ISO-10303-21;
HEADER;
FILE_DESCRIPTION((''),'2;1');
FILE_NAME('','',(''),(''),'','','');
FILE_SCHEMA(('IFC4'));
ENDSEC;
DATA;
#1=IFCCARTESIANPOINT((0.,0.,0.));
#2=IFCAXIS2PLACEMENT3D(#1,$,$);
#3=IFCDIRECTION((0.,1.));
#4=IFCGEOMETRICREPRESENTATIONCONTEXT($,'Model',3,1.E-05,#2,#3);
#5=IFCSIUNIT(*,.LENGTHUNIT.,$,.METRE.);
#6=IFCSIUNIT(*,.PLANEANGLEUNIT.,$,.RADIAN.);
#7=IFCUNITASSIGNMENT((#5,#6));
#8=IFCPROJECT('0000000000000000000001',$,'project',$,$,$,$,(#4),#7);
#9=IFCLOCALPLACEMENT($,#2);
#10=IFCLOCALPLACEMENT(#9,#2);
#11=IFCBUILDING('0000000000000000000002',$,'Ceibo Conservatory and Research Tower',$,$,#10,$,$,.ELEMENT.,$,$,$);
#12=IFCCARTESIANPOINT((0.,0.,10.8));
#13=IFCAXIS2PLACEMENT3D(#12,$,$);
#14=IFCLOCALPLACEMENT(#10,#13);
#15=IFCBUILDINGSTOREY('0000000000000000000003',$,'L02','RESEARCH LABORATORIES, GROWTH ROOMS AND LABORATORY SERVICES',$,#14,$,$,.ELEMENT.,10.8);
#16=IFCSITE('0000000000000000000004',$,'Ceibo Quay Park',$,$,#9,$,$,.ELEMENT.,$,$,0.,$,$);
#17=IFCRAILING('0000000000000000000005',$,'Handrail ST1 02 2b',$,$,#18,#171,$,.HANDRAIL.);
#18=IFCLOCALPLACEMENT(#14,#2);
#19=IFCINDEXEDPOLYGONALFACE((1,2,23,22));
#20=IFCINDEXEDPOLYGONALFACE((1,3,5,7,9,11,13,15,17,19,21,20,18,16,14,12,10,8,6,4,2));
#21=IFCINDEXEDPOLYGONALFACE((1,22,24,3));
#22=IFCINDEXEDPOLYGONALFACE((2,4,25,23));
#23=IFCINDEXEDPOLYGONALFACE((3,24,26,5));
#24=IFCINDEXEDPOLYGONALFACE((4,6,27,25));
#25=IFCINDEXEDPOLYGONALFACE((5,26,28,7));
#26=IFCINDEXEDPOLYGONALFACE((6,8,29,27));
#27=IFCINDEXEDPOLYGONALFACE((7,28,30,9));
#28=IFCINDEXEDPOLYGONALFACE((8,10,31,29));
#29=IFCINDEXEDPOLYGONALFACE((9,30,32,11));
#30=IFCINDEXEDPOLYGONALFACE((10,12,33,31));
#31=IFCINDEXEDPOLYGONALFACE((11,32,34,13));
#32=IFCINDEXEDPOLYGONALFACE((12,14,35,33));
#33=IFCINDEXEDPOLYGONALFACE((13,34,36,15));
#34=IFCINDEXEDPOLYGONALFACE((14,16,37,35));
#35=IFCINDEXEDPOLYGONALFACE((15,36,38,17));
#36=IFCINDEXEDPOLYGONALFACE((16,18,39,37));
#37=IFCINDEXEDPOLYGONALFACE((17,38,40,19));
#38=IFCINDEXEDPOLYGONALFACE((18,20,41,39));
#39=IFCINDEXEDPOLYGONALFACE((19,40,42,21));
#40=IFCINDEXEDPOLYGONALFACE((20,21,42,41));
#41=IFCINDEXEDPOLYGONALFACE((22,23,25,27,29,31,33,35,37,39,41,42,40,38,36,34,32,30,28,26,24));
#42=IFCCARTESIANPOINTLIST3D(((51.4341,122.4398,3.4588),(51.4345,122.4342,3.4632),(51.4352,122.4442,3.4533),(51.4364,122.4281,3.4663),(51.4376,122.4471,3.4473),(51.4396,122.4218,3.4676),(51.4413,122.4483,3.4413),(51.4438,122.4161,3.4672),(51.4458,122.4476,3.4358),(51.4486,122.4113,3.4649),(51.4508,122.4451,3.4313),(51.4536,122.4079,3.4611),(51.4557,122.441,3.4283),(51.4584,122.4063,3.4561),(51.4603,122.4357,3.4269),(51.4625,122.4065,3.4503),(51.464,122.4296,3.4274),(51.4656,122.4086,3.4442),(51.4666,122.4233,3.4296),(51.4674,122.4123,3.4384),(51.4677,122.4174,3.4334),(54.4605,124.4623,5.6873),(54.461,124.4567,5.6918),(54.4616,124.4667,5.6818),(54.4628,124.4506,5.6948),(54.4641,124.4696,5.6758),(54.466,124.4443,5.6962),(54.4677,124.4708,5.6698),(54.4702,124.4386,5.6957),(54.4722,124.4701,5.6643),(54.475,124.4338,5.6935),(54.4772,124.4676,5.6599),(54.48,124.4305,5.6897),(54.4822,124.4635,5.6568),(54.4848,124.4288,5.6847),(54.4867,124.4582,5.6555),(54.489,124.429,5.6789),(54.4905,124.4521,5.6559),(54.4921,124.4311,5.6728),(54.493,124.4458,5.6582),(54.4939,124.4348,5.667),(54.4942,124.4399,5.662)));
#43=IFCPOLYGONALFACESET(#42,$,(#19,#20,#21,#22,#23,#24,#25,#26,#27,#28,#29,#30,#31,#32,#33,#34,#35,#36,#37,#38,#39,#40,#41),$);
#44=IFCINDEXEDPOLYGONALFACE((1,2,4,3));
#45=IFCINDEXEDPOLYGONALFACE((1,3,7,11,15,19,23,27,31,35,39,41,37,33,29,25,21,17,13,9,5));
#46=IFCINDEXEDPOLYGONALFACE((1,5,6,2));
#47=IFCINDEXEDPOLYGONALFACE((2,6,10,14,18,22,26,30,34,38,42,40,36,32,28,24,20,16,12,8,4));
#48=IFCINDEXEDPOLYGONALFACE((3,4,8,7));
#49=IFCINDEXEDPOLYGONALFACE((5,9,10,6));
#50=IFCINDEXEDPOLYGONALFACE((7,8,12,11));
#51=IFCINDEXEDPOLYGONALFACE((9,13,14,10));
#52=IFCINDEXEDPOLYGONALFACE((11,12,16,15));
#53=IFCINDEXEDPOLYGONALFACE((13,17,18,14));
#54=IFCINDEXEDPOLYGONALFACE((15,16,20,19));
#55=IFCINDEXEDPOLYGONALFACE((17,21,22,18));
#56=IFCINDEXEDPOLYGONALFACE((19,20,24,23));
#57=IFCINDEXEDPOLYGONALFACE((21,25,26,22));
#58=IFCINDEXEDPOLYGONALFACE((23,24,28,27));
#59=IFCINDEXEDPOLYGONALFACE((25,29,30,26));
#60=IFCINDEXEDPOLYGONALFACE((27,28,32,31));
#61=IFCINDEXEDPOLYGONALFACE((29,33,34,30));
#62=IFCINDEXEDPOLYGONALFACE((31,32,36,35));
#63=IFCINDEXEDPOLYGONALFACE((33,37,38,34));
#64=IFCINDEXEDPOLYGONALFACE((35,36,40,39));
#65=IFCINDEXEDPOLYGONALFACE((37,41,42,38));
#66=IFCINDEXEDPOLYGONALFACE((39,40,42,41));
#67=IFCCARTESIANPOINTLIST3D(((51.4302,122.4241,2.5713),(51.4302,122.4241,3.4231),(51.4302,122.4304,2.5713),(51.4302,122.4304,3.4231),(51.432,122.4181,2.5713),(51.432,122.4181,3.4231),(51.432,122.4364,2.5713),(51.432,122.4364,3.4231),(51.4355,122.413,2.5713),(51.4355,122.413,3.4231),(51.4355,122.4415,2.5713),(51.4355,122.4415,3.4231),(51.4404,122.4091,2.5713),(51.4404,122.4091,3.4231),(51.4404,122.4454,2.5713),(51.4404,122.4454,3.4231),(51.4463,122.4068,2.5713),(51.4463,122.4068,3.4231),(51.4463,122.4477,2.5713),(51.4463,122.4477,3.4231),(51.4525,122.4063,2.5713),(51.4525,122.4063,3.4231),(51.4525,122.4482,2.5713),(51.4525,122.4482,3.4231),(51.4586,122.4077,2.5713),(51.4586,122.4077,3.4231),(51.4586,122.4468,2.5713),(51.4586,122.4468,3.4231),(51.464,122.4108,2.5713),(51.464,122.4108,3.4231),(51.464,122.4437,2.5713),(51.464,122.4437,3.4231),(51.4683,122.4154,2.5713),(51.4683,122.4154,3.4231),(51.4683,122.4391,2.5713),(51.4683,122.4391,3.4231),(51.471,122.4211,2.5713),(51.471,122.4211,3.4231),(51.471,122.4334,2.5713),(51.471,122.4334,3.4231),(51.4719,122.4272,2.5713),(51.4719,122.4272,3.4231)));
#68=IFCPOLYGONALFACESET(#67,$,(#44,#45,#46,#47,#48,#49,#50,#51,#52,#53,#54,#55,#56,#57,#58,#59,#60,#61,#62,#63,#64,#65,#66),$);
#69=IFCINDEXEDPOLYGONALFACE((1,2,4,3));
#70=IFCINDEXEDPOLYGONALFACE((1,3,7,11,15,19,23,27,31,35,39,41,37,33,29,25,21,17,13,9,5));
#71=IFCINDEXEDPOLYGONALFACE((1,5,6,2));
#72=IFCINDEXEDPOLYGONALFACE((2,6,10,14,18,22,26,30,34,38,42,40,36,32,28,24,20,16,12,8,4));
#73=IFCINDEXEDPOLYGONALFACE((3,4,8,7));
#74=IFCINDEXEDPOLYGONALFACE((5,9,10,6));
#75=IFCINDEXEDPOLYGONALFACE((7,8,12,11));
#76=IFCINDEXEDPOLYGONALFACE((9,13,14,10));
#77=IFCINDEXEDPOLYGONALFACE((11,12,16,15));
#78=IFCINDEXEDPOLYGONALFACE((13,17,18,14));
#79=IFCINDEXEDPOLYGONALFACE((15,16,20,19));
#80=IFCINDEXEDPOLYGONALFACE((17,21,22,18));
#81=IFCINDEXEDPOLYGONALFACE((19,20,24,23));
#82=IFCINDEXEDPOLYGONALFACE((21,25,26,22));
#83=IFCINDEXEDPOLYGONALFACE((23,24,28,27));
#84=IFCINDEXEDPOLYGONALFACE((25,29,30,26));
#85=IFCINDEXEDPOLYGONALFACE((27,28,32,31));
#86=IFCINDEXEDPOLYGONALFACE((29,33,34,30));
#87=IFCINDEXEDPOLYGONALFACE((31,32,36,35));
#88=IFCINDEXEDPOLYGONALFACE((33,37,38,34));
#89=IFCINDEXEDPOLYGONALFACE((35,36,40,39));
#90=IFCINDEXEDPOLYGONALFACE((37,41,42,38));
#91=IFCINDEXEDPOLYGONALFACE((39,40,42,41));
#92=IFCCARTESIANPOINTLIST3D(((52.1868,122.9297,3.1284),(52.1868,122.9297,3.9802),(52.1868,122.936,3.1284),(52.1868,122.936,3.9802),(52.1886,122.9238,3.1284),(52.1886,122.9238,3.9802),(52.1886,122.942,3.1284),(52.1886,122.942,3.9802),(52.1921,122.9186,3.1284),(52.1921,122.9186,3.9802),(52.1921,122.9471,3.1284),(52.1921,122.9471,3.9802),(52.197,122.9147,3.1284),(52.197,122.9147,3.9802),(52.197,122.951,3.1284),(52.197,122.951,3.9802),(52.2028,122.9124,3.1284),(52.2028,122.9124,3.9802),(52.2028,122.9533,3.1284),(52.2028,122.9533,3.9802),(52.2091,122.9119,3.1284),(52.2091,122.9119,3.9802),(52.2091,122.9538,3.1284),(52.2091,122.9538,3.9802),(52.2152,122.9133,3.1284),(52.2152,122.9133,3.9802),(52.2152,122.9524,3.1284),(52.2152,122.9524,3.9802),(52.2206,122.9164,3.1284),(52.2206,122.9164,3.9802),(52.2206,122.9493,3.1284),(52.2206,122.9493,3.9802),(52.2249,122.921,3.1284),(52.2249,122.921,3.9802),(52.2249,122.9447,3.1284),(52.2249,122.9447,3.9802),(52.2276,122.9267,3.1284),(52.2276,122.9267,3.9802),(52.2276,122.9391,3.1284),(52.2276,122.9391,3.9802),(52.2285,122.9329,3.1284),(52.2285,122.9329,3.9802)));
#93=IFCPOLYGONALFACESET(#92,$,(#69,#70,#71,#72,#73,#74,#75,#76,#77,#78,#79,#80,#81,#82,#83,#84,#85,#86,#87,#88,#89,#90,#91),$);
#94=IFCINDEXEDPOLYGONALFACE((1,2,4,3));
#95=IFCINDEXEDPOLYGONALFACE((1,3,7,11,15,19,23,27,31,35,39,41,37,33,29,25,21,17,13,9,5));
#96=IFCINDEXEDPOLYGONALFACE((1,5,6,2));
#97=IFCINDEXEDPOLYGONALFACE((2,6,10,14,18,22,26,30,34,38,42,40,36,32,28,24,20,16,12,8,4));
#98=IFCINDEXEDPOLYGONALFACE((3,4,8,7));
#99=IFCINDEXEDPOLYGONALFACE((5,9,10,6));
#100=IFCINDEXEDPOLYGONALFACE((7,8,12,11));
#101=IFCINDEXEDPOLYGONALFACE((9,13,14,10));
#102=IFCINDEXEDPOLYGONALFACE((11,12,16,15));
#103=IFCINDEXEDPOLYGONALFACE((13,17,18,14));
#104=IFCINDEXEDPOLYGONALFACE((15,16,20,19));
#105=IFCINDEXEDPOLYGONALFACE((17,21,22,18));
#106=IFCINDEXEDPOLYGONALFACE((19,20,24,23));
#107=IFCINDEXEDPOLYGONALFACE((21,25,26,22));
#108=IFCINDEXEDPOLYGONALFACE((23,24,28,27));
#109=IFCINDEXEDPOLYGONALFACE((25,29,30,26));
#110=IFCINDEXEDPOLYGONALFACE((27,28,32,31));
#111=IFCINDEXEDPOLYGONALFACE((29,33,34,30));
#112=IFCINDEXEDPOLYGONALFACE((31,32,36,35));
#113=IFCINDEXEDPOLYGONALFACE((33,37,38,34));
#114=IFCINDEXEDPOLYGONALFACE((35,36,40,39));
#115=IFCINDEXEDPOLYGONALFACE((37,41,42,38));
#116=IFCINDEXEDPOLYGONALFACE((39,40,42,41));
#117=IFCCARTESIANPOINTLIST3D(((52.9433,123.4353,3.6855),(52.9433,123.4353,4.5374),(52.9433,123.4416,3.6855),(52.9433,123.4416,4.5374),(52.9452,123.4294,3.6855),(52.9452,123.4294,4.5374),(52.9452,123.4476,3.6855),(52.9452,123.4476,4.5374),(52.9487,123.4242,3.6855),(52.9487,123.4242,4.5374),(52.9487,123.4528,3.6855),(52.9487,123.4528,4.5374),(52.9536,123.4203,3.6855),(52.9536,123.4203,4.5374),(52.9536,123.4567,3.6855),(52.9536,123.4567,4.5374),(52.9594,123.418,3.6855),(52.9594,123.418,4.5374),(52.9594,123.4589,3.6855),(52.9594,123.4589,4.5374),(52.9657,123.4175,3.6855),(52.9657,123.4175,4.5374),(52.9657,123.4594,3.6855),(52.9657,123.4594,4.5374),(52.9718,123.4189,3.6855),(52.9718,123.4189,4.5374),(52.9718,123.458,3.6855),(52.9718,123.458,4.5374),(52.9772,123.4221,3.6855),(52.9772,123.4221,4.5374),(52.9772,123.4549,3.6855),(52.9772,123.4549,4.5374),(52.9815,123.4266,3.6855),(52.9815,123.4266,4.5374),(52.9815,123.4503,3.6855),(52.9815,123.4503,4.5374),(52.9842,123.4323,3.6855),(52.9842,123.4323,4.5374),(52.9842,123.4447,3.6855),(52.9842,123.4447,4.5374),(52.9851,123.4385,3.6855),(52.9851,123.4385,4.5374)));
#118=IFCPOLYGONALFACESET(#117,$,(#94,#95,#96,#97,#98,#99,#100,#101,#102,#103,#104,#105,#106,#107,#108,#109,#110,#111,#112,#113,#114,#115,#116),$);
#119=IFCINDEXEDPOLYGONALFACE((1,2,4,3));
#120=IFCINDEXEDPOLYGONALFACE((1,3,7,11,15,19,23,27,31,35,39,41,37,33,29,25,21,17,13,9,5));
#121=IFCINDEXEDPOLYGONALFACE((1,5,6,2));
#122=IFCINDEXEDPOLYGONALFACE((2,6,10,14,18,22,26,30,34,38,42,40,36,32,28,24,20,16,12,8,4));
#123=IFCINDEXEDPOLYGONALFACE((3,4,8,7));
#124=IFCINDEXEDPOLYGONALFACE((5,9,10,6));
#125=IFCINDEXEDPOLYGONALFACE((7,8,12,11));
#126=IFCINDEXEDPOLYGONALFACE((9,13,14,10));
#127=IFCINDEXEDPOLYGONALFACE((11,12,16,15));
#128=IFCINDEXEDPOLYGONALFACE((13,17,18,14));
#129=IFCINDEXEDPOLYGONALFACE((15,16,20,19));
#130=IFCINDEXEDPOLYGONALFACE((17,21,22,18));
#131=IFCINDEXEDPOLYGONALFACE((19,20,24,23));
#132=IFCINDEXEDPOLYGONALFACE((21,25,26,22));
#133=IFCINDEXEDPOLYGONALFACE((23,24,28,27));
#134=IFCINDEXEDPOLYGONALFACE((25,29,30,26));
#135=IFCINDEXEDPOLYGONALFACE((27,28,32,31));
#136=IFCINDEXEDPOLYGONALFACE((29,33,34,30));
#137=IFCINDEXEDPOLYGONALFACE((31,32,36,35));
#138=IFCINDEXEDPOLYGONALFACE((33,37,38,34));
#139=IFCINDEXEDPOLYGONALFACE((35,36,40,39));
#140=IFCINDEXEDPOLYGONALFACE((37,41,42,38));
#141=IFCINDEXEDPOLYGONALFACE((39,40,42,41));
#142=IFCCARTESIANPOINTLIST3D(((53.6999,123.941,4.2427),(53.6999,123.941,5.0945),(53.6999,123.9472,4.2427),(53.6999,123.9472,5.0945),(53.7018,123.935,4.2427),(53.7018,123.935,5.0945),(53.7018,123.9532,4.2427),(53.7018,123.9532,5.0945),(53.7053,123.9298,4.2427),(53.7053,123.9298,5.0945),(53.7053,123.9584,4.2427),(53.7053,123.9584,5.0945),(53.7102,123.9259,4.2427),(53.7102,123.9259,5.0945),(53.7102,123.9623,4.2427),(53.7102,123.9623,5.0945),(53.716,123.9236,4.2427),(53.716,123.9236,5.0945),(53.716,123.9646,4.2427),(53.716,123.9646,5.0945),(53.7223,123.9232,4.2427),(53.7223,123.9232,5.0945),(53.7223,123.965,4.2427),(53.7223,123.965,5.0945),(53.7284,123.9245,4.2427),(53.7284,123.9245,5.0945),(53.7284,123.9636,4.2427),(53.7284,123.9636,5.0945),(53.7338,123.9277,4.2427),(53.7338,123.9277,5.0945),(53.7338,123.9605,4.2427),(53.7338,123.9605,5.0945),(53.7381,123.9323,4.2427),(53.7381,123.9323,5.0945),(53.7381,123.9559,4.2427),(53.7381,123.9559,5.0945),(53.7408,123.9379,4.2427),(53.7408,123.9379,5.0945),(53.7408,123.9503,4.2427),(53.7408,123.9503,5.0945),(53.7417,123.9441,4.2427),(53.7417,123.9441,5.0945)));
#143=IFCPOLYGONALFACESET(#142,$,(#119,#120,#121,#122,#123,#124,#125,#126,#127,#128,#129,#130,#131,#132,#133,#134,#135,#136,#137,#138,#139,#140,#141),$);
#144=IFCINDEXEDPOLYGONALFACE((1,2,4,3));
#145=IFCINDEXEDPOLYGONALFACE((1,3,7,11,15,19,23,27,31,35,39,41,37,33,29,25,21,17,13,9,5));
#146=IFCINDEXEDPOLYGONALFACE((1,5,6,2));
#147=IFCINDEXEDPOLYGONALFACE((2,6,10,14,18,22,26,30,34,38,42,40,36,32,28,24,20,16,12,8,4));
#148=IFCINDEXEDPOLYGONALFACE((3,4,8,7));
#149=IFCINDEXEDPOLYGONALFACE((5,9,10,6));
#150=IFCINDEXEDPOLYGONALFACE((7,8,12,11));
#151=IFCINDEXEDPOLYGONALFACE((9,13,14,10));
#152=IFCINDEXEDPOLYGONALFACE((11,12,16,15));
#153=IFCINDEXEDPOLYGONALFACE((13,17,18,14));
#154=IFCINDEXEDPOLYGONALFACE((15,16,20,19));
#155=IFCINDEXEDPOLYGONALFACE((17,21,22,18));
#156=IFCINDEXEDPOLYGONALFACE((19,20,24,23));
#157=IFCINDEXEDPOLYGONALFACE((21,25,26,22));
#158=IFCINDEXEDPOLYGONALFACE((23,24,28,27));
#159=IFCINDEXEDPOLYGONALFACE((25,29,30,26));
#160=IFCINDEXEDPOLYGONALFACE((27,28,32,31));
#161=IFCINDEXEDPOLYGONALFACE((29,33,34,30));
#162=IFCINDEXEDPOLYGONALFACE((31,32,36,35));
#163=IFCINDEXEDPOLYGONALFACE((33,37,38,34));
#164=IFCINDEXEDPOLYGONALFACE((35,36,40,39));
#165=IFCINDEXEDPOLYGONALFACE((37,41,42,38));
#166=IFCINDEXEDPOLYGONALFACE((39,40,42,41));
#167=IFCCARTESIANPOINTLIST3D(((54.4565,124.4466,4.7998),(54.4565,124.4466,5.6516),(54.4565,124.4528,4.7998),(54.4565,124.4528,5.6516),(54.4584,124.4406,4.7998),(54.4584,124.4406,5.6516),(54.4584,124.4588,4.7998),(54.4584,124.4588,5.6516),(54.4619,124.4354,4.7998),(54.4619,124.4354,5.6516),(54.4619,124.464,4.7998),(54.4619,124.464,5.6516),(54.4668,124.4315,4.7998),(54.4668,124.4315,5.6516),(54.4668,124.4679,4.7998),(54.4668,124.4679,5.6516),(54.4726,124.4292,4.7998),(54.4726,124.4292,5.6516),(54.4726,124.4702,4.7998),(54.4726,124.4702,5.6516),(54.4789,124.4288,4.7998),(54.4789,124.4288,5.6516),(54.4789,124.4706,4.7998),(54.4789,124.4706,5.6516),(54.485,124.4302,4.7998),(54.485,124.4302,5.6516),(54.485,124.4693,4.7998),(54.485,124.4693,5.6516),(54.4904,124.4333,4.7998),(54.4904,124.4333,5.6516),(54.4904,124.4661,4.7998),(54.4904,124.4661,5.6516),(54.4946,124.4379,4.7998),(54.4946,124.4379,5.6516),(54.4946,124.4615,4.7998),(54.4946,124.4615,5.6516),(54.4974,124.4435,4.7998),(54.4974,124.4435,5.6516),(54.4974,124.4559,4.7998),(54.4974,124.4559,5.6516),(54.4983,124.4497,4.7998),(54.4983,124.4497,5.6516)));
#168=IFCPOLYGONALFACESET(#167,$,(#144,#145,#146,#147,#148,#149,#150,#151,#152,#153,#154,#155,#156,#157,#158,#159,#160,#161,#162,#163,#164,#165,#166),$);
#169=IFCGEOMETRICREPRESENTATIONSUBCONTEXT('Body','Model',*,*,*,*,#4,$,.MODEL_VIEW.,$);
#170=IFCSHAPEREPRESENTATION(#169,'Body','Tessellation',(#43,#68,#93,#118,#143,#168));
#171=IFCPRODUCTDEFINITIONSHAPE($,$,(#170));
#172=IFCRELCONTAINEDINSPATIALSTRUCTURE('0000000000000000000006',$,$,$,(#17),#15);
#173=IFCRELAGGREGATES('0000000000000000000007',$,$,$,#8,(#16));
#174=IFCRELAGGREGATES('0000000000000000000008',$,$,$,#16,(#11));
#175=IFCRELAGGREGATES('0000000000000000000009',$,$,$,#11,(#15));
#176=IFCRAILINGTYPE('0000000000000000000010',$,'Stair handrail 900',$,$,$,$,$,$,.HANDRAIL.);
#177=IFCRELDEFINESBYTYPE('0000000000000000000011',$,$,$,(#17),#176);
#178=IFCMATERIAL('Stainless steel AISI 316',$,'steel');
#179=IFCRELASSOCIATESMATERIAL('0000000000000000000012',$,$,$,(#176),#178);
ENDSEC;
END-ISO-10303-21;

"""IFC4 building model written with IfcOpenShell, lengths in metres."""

from ifc_helpers import new_model, si_unit, direction, frame, origin, origin_2d, place, context, subcontext, project, spatial, circle, extrude, material, type_object, element, save


model = new_model("IFC4")

# Units and contexts
model_context = context("Model", 3, precision=1e-05, world=origin(), true_north=direction((0.0, 1.0)))
body_context = subcontext(model_context, "Body", "Model", "MODEL_VIEW")
ifc_project = project(units=[si_unit("LENGTHUNIT", "METRE"), si_unit("PLANEANGLEUNIT", "RADIAN")], contexts=[model_context])

# Site, building, storey
site_placement = place(None, origin())
site = spatial("IfcSite", under=ifc_project, at=site_placement, Name="Ceibo Quay Park", CompositionType="ELEMENT", RefElevation=0.0)
building_placement = place(site_placement, origin())
building = spatial("IfcBuilding", under=site, at=building_placement, Name="Ceibo Conservatory and Research Tower", CompositionType="ELEMENT")
storey_placement = place(building_placement, frame((0.0, 0.0, 10.8)))
storey = spatial("IfcBuildingStorey", under=building, at=storey_placement, Name="L02", Description="RESEARCH LABORATORIES, GROWTH ROOMS AND LABORATORY SERVICES", CompositionType="ELEMENT", Elevation=10.8)

# Railing
ifc_material_1 = material(Name="Stainless steel AISI 316", Category="steel")
railing_type = type_object("IfcRailingType", Name="Stair handrail 900", PredefinedType="HANDRAIL", material=ifc_material_1)
railing_1_placement = place(storey_placement, frame((51.4509, 122.4272, 2.5713)))
element("IfcRailing", 1, at=railing_1_placement, inside=storey, type_object=railing_type, Name="Handrail ST1 02 2b", PredefinedType="HANDRAIL", context=body_context, shape_type="SweptSolid", body=[
    extrude(circle(Radius=0.0239, at=origin_2d()), frame((0.0, 0.0, 0.876), z_axis=(0.709089, 0.47387, 0.522149), x_axis=(-0.555629, 0.831431, 0.0)), (0.0, 0.0, 1.0), 4.2681),
    extrude(circle(Radius=0.021, at=origin_2d()), origin(), (0.0, 0.0, 1.0), 0.8518),
    extrude(circle(Radius=0.021, at=origin_2d()), frame((0.7566, 0.5056, 0.5571)), (0.0, 0.0, 1.0), 0.8518),
    extrude(circle(Radius=0.021, at=origin_2d()), frame((1.5132, 1.0112, 1.1143)), (0.0, 0.0, 1.0), 0.8518),
    extrude(circle(Radius=0.021, at=origin_2d()), frame((2.2698, 1.5168, 1.6714)), (0.0, 0.0, 1.0), 0.8518),
    extrude(circle(Radius=0.021, at=origin_2d()), frame((3.0264, 2.0225, 2.2285)), (0.0, 0.0, 1.0), 0.8518),
])

save(model, "model.ifc")
